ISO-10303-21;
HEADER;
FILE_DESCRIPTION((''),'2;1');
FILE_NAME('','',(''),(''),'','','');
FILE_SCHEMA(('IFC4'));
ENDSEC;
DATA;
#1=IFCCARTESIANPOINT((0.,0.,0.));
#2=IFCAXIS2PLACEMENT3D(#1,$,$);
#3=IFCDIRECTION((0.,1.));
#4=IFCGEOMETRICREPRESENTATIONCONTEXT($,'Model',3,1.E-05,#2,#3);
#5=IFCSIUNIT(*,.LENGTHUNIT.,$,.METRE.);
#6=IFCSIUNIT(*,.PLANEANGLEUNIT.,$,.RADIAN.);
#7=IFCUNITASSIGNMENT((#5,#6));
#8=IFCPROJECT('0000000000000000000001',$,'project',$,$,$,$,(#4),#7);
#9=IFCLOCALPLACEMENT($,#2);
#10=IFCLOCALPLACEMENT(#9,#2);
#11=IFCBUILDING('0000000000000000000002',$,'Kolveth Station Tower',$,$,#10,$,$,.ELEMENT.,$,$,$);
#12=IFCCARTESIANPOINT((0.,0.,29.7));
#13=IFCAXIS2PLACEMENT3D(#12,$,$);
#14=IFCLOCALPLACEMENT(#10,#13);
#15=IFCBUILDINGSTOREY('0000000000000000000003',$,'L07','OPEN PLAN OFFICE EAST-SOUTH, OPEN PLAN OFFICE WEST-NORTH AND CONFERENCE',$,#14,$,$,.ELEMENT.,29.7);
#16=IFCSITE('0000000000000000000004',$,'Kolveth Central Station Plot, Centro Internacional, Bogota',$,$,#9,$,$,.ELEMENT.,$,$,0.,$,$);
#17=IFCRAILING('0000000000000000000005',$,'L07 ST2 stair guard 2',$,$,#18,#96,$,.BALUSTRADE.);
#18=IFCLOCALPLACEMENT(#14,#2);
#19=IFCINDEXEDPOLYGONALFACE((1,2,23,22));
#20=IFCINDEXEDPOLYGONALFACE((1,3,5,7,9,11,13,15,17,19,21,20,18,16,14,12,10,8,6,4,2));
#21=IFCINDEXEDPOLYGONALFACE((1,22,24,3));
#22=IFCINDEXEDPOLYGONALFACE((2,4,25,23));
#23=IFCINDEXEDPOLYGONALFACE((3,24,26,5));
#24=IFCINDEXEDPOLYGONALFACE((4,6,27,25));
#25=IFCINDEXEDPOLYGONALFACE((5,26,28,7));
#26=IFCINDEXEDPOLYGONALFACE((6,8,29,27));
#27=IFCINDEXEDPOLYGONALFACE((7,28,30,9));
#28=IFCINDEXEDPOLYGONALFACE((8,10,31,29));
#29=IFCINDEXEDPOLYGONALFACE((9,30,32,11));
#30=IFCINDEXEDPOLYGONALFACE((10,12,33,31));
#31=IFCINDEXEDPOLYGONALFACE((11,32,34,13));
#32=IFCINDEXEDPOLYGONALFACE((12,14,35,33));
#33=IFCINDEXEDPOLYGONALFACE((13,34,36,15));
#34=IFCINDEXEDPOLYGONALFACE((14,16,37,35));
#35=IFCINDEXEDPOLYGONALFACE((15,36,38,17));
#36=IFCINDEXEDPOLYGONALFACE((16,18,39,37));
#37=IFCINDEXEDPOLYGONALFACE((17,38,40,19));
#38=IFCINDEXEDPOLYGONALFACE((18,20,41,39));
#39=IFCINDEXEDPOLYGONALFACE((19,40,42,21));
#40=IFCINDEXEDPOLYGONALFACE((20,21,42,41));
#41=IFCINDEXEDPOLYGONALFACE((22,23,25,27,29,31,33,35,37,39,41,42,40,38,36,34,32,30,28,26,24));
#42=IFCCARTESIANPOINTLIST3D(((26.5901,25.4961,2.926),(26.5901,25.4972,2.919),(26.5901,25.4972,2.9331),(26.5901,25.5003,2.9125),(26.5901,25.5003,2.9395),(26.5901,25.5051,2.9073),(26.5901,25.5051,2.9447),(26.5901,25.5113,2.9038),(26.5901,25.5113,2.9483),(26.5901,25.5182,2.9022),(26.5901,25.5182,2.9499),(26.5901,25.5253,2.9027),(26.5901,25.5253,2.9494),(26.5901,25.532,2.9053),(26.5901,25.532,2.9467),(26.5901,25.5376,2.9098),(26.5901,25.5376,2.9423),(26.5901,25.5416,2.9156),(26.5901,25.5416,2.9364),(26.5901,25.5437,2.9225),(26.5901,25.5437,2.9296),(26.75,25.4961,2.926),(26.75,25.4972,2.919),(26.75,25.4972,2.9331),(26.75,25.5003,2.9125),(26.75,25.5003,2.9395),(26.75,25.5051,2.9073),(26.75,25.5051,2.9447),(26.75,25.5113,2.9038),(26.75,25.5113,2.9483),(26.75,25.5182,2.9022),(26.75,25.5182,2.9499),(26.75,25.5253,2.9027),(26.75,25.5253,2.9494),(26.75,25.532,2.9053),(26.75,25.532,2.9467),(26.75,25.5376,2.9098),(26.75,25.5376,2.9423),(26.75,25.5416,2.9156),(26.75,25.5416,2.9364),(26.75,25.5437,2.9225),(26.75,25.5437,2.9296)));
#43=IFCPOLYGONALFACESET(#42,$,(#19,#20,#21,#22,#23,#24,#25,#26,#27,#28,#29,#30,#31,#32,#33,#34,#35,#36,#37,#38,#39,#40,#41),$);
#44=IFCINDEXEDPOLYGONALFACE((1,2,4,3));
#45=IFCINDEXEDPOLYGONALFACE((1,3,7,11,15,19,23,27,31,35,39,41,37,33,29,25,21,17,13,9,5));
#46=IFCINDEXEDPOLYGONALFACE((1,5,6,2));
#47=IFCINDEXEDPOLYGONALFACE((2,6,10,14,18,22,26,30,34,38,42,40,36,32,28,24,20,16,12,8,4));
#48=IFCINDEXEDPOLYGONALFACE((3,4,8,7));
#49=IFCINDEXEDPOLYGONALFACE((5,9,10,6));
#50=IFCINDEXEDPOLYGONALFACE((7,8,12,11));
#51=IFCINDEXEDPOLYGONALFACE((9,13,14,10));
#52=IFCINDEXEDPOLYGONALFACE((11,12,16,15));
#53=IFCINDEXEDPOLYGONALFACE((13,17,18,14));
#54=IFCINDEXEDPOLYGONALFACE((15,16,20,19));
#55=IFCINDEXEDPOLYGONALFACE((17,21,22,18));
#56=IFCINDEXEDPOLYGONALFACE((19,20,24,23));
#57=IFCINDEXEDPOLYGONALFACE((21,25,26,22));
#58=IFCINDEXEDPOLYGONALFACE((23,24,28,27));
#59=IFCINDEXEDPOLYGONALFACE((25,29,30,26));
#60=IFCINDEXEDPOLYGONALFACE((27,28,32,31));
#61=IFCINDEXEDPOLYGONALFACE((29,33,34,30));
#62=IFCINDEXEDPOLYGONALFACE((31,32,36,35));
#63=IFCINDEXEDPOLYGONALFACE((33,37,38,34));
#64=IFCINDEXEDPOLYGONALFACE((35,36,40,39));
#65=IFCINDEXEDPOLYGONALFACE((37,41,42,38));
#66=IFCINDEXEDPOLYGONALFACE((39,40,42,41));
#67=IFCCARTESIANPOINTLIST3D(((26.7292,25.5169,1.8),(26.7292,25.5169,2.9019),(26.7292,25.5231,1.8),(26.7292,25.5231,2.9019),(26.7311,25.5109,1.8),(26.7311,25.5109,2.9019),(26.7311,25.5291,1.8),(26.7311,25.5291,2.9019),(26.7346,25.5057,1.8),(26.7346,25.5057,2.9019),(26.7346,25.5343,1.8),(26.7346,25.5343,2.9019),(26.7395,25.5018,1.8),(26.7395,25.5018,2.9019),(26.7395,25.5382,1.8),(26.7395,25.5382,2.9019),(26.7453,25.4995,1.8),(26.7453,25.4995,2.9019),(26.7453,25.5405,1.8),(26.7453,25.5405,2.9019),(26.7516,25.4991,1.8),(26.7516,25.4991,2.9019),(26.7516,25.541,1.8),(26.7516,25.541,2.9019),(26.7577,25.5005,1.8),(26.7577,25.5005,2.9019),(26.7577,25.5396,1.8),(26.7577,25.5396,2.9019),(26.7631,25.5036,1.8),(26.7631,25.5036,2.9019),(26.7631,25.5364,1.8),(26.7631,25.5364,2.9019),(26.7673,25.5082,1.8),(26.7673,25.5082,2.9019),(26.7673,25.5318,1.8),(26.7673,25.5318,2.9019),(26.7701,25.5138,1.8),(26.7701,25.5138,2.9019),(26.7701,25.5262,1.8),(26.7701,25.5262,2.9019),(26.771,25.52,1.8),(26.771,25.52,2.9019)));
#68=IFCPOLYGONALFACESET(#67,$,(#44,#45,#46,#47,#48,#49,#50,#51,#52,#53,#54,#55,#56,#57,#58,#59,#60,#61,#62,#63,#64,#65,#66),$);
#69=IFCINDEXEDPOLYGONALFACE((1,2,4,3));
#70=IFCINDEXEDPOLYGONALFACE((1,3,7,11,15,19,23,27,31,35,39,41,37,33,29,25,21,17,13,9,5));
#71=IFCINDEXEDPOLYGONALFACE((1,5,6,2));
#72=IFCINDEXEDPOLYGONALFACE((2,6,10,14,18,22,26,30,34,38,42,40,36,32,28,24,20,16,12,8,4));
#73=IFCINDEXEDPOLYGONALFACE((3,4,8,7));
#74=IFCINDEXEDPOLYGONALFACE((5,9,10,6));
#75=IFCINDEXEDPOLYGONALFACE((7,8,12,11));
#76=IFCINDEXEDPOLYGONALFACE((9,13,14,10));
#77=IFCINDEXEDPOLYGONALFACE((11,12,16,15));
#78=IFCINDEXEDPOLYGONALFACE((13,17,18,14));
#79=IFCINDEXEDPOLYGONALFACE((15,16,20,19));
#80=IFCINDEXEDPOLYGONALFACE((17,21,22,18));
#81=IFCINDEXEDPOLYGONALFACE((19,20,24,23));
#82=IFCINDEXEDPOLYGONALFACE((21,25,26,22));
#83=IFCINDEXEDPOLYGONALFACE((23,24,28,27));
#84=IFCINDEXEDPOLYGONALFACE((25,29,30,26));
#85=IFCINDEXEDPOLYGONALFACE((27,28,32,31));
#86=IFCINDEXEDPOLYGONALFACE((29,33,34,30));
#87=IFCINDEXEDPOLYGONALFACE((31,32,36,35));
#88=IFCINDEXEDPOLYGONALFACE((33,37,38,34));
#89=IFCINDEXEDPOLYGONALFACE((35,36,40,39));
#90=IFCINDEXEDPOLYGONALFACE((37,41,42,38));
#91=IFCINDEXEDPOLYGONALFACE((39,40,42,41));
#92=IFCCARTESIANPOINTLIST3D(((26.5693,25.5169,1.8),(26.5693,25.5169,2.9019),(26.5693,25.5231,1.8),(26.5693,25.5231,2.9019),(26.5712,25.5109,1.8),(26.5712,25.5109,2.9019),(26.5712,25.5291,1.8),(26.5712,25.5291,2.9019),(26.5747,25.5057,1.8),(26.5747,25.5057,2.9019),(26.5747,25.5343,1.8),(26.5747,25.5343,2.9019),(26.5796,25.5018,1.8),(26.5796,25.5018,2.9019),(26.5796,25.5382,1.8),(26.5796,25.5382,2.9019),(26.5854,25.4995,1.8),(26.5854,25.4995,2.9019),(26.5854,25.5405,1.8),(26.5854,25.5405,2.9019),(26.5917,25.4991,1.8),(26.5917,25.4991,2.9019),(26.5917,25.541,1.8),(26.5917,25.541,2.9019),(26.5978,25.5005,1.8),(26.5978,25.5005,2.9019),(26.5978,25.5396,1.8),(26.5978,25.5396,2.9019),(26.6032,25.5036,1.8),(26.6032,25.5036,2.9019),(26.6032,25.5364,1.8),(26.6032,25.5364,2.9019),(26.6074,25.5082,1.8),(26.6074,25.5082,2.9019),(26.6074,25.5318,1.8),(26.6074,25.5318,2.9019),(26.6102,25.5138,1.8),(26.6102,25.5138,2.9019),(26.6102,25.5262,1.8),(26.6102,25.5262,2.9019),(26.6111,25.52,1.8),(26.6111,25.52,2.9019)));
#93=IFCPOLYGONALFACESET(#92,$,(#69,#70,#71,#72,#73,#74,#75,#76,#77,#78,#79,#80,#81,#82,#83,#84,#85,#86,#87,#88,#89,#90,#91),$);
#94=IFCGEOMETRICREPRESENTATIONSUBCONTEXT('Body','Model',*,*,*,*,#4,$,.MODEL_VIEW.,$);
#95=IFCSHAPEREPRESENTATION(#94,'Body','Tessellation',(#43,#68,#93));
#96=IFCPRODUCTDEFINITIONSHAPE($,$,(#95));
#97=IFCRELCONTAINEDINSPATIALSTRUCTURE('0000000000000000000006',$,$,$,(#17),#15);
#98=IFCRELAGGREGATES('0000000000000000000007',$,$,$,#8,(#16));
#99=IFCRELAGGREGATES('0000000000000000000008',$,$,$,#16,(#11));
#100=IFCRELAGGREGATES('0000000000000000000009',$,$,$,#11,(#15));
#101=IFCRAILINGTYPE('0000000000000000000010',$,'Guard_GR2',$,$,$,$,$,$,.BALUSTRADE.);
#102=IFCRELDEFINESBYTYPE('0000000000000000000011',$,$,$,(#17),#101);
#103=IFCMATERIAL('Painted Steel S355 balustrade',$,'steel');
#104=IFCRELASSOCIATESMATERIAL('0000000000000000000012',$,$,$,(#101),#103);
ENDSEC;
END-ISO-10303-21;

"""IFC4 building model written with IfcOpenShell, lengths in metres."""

from ifc_helpers import new_model, si_unit, direction, frame, origin, origin_2d, place, context, subcontext, project, spatial, circle, extrude, material, type_object, element, save


model = new_model("IFC4")

# Units and contexts
model_context = context("Model", 3, precision=1e-05, world=origin(), true_north=direction((0.0, 1.0)))
body_context = subcontext(model_context, "Body", "Model", "MODEL_VIEW")
ifc_project = project(units=[si_unit("LENGTHUNIT", "METRE"), si_unit("PLANEANGLEUNIT", "RADIAN")], contexts=[model_context])

# Site, building, storey
site_placement = place(None, origin())
site = spatial("IfcSite", under=ifc_project, at=site_placement, Name="Kolveth Central Station Plot, Centro Internacional, Bogota", CompositionType="ELEMENT", RefElevation=0.0)
building_placement = place(site_placement, origin())
building = spatial("IfcBuilding", under=site, at=building_placement, Name="Kolveth Station Tower", CompositionType="ELEMENT")
storey_placement = place(building_placement, frame((0.0, 0.0, 29.7)))
storey = spatial("IfcBuildingStorey", under=building, at=storey_placement, Name="L07", Description="OPEN PLAN OFFICE EAST-SOUTH, OPEN PLAN OFFICE WEST-NORTH AND CONFERENCE", CompositionType="ELEMENT", Elevation=29.7)

# Railing
ifc_material_1 = material(Name="Painted Steel S355 balustrade", Category="steel")
railing_type_1 = type_object("IfcRailingType", Name="Guard_GR2", PredefinedType="BALUSTRADE", material=ifc_material_1)
railing_1_placement = place(storey_placement, frame((26.75, 25.52, 1.8)))
element("IfcRailing", 1, at=railing_1_placement, inside=storey, type_object=railing_type_1, Name="L07 ST2 stair guard 2", PredefinedType="BALUSTRADE", context=body_context, shape_type="SweptSolid", body=[
    extrude(circle(Radius=0.0239, at=origin_2d()), frame((0.0, 0.0, 1.126), z_axis=(-1.0, 0.0, 0.0), x_axis=(0.0, -1.0, 0.0)), (0.0, 0.0, 1.0), 0.1599),
    extrude(circle(Radius=0.021, at=origin_2d()), origin(), (0.0, 0.0, 1.0), 1.1018),
    extrude(circle(Radius=0.021, at=origin_2d()), frame((-0.1599, 0.0, 0.0)), (0.0, 0.0, 1.0), 1.1018),
])

save(model, "model.ifc")
